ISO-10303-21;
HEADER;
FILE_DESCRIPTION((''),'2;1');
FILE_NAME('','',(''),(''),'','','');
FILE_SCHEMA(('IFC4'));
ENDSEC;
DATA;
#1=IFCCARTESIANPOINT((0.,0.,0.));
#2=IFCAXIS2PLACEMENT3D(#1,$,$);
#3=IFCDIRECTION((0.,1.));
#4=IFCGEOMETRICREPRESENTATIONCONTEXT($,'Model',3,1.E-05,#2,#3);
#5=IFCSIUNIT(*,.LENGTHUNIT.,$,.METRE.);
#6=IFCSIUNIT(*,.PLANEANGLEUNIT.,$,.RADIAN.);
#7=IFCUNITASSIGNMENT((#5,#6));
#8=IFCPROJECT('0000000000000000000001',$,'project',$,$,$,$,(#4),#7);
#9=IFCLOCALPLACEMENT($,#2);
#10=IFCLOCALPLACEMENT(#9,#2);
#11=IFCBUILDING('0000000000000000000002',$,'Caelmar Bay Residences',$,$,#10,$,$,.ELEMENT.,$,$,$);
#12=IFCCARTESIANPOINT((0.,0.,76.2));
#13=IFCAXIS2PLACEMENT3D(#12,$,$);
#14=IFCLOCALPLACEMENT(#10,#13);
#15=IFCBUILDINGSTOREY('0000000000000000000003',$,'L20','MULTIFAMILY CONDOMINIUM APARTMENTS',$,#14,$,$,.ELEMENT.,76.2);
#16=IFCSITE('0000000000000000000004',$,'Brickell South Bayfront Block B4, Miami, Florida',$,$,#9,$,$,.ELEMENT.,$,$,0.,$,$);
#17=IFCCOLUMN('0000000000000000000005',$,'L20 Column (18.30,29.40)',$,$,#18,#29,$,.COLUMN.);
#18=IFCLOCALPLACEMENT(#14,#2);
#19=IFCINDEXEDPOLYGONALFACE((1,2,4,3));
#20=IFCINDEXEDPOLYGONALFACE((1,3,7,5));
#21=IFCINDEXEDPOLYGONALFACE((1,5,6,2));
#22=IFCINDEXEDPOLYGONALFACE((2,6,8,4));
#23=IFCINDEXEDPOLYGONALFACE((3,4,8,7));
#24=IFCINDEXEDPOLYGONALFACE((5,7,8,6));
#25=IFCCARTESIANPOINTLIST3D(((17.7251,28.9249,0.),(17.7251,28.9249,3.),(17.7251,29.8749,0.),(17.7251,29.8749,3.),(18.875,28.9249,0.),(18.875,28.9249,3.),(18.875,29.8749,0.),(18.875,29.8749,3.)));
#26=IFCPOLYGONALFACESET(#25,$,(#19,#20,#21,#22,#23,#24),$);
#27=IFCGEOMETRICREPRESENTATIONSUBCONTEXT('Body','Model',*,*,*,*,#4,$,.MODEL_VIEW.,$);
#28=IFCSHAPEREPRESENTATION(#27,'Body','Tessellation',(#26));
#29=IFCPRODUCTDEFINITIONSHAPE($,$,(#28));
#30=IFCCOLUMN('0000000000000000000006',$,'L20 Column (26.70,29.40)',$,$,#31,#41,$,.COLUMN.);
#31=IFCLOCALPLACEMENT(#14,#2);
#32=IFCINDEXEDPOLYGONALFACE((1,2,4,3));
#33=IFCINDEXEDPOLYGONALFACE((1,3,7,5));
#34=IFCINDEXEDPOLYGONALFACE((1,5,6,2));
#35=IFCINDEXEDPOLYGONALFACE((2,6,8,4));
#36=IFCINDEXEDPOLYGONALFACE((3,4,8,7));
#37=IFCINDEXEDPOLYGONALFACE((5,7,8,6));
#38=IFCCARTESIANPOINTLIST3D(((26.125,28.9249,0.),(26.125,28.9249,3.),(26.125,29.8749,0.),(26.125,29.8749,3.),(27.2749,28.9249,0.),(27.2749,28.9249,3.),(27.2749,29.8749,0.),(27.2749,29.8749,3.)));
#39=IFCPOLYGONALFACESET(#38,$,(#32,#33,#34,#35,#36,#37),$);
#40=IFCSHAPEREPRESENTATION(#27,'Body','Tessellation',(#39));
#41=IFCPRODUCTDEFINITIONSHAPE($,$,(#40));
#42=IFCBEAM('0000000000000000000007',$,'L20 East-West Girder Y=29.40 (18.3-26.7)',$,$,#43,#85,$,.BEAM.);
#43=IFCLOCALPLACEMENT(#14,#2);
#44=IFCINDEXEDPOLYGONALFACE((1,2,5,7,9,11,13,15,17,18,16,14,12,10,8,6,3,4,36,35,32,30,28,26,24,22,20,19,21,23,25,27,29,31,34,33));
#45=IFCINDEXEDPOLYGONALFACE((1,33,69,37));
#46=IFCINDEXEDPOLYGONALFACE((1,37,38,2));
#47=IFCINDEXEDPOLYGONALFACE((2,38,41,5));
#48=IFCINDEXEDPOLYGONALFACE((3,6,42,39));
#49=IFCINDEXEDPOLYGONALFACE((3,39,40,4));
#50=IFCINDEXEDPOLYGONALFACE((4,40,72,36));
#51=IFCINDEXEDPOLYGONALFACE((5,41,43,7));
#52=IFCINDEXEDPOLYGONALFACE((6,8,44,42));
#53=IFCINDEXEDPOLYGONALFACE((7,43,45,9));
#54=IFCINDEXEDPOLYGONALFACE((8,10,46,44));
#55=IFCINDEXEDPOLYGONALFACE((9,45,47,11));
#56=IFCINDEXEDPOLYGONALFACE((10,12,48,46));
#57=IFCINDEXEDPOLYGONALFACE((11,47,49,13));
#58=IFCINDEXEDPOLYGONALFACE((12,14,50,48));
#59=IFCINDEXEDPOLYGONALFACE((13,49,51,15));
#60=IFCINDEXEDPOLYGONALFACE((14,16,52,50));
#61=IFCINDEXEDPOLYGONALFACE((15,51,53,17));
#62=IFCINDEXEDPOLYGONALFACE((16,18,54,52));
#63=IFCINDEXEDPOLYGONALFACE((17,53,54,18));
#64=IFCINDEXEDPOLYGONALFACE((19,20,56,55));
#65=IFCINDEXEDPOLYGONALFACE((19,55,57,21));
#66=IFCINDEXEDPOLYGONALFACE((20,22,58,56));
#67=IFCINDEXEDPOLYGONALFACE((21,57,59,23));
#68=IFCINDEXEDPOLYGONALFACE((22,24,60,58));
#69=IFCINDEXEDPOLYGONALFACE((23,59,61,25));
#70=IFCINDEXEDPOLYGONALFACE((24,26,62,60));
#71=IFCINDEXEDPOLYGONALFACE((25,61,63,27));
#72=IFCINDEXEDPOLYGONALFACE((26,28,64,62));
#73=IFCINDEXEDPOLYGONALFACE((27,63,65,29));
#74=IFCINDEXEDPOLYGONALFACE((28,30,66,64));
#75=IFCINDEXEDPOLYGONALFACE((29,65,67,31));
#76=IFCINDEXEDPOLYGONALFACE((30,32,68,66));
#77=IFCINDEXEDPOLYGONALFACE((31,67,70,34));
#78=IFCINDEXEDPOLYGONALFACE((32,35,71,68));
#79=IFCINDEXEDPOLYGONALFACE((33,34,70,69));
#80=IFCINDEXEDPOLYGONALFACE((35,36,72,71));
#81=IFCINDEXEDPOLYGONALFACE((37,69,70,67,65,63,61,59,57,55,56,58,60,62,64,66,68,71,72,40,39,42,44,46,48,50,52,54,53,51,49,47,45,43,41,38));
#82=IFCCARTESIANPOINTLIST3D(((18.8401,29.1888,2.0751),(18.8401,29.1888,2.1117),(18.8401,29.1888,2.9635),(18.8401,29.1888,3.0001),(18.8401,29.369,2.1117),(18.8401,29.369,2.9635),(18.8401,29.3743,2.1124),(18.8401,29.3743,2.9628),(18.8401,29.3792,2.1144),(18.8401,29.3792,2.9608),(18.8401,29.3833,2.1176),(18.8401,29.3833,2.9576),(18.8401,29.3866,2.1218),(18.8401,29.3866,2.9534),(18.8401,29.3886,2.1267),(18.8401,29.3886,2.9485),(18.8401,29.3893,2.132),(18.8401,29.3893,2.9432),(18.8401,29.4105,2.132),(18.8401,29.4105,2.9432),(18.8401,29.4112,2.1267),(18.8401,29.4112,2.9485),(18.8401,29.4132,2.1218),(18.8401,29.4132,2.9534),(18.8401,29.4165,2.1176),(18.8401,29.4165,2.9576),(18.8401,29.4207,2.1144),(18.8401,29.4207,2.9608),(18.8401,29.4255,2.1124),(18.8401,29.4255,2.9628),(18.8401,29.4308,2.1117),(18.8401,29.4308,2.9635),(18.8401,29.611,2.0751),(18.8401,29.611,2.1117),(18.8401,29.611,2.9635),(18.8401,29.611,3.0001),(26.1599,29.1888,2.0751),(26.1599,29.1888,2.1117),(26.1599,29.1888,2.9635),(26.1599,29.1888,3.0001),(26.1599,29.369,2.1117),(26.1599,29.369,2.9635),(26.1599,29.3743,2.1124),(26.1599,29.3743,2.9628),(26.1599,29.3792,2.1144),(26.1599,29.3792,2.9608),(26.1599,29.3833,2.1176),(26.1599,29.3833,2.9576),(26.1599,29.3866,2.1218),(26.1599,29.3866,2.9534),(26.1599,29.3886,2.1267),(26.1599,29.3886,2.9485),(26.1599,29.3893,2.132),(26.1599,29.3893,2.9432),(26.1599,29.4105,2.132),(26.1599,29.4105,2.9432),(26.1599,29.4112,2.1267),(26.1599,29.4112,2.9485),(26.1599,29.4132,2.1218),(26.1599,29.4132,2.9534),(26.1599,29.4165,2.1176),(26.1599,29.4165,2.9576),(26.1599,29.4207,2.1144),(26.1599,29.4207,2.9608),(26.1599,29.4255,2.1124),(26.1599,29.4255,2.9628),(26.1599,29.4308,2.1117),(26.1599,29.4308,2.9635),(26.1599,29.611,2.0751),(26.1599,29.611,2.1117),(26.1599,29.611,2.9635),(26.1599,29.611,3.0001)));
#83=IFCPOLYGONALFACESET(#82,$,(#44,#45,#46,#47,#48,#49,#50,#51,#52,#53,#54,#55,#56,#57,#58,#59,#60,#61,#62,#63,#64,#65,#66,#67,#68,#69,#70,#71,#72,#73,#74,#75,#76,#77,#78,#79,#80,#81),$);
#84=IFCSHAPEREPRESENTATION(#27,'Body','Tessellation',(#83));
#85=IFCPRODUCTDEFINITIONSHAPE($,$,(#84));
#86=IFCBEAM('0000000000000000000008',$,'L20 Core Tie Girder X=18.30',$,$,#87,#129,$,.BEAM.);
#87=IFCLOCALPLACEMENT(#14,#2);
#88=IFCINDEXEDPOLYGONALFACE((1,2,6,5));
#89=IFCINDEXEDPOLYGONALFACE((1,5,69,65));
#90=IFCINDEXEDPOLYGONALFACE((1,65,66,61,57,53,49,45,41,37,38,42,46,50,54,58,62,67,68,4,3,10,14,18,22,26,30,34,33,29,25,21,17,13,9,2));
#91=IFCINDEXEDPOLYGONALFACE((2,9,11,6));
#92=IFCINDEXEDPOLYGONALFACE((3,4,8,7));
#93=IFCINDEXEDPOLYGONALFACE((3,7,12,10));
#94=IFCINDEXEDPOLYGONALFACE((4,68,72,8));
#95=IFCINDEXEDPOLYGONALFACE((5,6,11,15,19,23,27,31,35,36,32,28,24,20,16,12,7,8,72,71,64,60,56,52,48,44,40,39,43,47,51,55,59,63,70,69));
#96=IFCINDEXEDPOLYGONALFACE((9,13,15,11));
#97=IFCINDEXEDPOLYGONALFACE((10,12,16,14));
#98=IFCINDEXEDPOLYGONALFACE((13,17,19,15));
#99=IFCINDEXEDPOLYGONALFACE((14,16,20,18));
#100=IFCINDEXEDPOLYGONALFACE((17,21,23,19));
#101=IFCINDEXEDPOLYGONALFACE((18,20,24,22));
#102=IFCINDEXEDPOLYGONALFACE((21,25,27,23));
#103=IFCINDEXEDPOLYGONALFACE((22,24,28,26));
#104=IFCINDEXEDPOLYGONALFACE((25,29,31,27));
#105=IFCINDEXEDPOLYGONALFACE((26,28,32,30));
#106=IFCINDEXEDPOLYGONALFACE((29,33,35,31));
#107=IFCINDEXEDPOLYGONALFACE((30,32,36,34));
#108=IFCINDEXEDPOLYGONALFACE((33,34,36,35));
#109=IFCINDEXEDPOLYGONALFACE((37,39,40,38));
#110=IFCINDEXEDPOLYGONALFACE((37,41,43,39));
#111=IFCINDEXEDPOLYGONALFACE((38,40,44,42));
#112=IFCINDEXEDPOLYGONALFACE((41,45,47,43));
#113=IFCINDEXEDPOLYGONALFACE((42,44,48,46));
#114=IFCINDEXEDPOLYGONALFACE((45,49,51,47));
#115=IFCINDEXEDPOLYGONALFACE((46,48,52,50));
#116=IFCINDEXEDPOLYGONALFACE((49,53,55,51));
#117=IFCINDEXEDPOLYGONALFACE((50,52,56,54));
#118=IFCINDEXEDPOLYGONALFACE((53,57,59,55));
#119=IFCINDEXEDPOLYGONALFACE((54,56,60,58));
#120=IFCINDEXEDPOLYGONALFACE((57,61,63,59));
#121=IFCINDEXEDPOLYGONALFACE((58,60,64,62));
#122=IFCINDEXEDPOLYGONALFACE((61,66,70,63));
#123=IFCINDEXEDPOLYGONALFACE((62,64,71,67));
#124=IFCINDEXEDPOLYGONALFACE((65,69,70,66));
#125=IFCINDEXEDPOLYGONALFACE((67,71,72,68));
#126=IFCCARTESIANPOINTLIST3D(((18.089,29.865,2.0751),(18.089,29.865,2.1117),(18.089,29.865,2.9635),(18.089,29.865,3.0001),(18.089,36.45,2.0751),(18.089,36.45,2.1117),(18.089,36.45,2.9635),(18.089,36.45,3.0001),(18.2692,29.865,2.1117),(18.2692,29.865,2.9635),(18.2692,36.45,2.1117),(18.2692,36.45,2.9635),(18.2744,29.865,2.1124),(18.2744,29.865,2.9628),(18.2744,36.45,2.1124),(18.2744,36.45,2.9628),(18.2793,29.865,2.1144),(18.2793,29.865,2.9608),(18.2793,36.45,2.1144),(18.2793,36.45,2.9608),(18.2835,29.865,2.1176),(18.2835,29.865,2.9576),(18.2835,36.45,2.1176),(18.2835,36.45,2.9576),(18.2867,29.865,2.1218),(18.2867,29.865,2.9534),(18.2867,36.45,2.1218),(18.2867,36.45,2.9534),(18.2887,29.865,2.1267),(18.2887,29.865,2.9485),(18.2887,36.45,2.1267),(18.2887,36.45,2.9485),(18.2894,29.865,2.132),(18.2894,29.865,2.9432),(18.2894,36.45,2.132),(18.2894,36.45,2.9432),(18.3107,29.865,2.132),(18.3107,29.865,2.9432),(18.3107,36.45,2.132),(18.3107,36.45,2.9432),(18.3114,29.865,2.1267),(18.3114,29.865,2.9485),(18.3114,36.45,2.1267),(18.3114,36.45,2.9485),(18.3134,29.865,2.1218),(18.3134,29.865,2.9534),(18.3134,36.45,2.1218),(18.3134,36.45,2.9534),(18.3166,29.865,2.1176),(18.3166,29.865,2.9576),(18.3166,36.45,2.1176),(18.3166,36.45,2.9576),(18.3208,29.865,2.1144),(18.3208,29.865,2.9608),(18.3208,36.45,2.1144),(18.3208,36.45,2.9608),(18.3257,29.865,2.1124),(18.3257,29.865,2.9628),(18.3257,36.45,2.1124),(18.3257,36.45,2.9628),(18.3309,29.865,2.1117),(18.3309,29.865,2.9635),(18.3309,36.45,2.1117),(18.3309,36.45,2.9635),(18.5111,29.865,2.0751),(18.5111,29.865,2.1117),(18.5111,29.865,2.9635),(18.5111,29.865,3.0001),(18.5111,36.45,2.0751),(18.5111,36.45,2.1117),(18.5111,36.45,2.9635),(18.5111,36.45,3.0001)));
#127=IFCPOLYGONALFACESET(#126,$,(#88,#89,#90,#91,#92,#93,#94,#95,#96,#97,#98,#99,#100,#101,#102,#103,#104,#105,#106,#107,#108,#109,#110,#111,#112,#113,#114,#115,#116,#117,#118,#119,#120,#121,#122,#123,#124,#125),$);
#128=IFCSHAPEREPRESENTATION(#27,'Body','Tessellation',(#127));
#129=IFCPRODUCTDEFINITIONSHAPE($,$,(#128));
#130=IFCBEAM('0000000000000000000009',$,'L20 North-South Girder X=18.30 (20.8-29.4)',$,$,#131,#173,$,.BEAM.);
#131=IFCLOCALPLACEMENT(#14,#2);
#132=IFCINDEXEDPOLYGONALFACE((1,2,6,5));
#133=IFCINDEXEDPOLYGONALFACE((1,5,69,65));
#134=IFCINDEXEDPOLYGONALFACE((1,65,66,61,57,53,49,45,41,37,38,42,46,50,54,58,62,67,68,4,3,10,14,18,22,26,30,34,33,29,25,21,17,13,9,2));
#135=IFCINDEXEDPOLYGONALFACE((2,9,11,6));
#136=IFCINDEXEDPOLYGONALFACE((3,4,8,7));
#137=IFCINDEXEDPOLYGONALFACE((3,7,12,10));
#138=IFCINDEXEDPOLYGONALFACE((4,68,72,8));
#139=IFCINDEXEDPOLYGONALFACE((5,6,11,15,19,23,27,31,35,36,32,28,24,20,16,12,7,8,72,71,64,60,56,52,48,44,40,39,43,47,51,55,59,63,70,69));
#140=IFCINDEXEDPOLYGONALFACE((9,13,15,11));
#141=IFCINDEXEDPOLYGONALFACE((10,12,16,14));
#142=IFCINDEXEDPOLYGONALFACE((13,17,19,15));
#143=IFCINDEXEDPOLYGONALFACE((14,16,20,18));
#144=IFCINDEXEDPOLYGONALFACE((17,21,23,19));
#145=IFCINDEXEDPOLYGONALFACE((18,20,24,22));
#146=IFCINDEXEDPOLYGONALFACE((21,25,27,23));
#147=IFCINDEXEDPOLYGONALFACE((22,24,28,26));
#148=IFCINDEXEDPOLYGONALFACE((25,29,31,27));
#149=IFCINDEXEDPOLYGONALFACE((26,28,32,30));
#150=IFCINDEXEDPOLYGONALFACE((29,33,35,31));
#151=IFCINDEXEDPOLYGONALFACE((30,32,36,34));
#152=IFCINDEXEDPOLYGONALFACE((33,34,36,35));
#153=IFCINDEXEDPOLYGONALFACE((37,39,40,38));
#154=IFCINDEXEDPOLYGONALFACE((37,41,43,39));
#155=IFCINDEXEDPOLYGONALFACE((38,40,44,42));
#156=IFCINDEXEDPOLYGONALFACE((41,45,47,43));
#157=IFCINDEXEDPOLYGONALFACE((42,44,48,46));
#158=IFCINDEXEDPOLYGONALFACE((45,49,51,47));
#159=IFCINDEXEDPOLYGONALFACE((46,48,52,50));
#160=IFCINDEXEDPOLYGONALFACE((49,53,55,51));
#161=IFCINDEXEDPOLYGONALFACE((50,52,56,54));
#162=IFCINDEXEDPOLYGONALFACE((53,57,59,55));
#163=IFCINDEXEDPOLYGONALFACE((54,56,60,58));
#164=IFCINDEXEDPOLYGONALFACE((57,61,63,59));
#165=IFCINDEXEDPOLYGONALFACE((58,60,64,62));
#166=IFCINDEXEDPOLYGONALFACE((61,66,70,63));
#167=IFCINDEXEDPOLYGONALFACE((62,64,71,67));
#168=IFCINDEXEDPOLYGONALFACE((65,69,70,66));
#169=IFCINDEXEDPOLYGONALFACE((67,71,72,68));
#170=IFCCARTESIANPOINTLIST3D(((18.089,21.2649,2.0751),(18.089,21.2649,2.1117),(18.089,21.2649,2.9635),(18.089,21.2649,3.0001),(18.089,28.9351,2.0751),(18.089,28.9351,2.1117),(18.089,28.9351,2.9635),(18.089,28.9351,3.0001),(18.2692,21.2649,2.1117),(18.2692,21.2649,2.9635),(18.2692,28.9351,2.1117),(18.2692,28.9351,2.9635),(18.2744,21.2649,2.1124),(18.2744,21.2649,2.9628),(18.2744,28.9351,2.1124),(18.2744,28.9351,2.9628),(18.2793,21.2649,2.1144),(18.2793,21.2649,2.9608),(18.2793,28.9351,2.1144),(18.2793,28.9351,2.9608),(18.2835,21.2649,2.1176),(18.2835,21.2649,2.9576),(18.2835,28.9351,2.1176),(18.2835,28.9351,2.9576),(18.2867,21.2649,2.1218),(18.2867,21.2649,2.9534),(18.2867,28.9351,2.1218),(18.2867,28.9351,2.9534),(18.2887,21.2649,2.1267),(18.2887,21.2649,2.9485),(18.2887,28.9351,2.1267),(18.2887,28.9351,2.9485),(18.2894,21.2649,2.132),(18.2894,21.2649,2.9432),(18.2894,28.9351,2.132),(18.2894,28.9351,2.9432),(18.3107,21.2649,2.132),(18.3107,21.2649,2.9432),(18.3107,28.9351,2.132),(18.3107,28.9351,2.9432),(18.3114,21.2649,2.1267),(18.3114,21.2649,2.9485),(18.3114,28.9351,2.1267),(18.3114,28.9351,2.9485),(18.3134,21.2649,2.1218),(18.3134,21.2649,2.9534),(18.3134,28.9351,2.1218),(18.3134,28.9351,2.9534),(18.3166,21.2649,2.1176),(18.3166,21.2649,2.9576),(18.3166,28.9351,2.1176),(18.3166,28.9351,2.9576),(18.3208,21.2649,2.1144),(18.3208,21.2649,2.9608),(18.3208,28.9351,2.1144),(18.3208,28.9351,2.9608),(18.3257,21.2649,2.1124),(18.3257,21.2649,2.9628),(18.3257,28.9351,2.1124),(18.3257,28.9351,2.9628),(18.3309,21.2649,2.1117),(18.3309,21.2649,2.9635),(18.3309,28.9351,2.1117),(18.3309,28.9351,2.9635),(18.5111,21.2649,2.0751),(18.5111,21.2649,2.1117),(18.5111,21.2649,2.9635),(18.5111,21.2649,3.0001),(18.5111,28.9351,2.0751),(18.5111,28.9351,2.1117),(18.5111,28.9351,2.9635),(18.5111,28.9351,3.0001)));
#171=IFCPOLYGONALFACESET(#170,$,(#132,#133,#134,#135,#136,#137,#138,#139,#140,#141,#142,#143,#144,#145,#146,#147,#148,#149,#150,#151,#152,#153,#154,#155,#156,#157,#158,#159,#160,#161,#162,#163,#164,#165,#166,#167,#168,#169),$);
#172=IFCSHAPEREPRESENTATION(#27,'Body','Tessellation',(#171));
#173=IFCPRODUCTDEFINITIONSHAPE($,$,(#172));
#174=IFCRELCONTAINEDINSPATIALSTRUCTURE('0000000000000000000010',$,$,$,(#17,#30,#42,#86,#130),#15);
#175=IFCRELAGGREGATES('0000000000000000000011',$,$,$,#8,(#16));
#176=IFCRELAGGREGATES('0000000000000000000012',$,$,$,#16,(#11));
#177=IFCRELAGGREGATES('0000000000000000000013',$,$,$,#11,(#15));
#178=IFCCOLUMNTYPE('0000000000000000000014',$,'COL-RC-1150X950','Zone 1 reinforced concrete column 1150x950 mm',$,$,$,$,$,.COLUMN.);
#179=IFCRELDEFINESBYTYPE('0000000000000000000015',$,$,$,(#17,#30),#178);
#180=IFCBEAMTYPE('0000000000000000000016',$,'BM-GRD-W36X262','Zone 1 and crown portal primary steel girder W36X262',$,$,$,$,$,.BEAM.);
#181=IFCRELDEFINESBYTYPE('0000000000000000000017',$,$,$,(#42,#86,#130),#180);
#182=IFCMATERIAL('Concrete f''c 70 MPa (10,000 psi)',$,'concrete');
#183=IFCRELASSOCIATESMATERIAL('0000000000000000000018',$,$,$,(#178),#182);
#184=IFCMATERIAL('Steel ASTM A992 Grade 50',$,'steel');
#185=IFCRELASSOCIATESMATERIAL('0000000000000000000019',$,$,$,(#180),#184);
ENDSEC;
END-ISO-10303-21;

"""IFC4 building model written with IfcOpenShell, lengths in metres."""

from ifc_helpers import new_model, si_unit, direction, frame, origin, origin_2d, place, context, subcontext, project, spatial, rectangle, i_section, extrude, material, material_profile, profile_set, type_object, element, save


model = new_model("IFC4")

# Units and contexts
model_context = context("Model", 3, precision=1e-05, world=origin(), true_north=direction((0.0, 1.0)))
body_context = subcontext(model_context, "Body", "Model", "MODEL_VIEW")
ifc_project = project(units=[si_unit("LENGTHUNIT", "METRE"), si_unit("PLANEANGLEUNIT", "RADIAN")], contexts=[model_context])

# Site, building, storey
site_placement = place(None, origin())
site = spatial("IfcSite", under=ifc_project, at=site_placement, Name="Brickell South Bayfront Block B4, Miami, Florida", CompositionType="ELEMENT", RefElevation=0.0)
building_placement = place(site_placement, origin())
building = spatial("IfcBuilding", under=site, at=building_placement, Name="Caelmar Bay Residences", CompositionType="ELEMENT")
storey_placement = place(building_placement, frame((0.0, 0.0, 76.2)))
storey = spatial("IfcBuildingStorey", under=building, at=storey_placement, Name="L20", Description="MULTIFAMILY CONDOMINIUM APARTMENTS", CompositionType="ELEMENT", Elevation=76.2)

# Columns
ifc_material_1 = material(Name="Concrete f'c 70 MPa (10,000 psi)", Category="concrete")
ifc_material_profile_1 = material_profile(ifc_material_1, rectangle(XDim=1.1499, YDim=0.95, at=origin_2d()), Name="RC-COL-1150X950")
ifc_profile_set_1 = profile_set([ifc_material_profile_1], Name="Concrete f'c 70 MPa (10,000 psi)")
column_type = type_object("IfcColumnType", Name="COL-RC-1150X950", Description="Zone 1 reinforced concrete column 1150x950 mm", PredefinedType="COLUMN", material=ifc_profile_set_1)
for number, where, z_axis, x_axis, name in (
    (1, (18.3, 29.3999, 0.0), (0.0, 0.0, 1.0), (1.0, 0.0, 0.0), "L20 Column (18.30,29.40)"),
    (2, (26.7, 29.3999, 0.0), (0.0, 0.0, 1.0), (1.0, 0.0, 0.0), "L20 Column (26.70,29.40)"),
):
    element("IfcColumn", number, at=place(storey_placement, frame(where, z_axis=z_axis, x_axis=x_axis)), inside=storey, type_object=column_type, Name=name, PredefinedType="COLUMN", context=body_context, shape_type="SweptSolid", body=[
        extrude(rectangle(XDim=1.1499, YDim=0.95, at=origin_2d()), origin(), (0.0, 0.0, 1.0), 3.0),
    ])

# Beams
ifc_material_2 = material(Name="Steel ASTM A992 Grade 50", Category="steel")
ifc_material_profile_2 = material_profile(ifc_material_2, i_section(OverallWidth=0.4221, OverallDepth=0.925, WebThickness=0.0212, FlangeThickness=0.0366, FilletRadius=0.0203, at=origin_2d()), Name="W36X262")
ifc_profile_set_2 = profile_set([ifc_material_profile_2], Name="Steel ASTM A992 Grade 50")
beam_type_1 = type_object("IfcBeamType", Name="BM-GRD-W36X262", Description="Zone 1 and crown portal primary steel girder W36X262", PredefinedType="BEAM", material=ifc_profile_set_2)
beam_1_placement = place(storey_placement, frame((18.8401, 29.3999, 2.5376), z_axis=(1.0, 0.0, 0.0), x_axis=(0.0, 1.0, 0.0)))
element("IfcBeam", 3, at=beam_1_placement, inside=storey, type_object=beam_type_1, Name="L20 East-West Girder Y=29.40 (18.3-26.7)", PredefinedType="BEAM", context=body_context, shape_type="SweptSolid", body=[
    extrude(i_section(OverallWidth=0.4221, OverallDepth=0.925, WebThickness=0.0212, FlangeThickness=0.0366, FilletRadius=0.0203, at=origin_2d()), origin(), (0.0, 0.0, 1.0), 7.3198),
])
beam_2_placement = place(storey_placement, frame((18.3, 29.865, 2.5376), z_axis=(0.0, 1.0, 0.0), x_axis=(-1.0, 0.0, 0.0)))
element("IfcBeam", 4, at=beam_2_placement, inside=storey, type_object=beam_type_1, Name="L20 Core Tie Girder X=18.30", PredefinedType="BEAM", context=body_context, shape_type="SweptSolid", body=[
    extrude(i_section(OverallWidth=0.4221, OverallDepth=0.925, WebThickness=0.0212, FlangeThickness=0.0366, FilletRadius=0.0203, at=origin_2d()), origin(), (0.0, 0.0, 1.0), 6.585),
])
beam_3_placement = place(storey_placement, frame((18.3, 21.2649, 2.5376), z_axis=(0.0, 1.0, 0.0), x_axis=(-1.0, 0.0, 0.0)))
element("IfcBeam", 5, at=beam_3_placement, inside=storey, type_object=beam_type_1, Name="L20 North-South Girder X=18.30 (20.8-29.4)", PredefinedType="BEAM", context=body_context, shape_type="SweptSolid", body=[
    extrude(i_section(OverallWidth=0.4221, OverallDepth=0.925, WebThickness=0.0212, FlangeThickness=0.0366, FilletRadius=0.0203, at=origin_2d()), origin(), (0.0, 0.0, 1.0), 7.6702),
])

save(model, "model.ifc")
